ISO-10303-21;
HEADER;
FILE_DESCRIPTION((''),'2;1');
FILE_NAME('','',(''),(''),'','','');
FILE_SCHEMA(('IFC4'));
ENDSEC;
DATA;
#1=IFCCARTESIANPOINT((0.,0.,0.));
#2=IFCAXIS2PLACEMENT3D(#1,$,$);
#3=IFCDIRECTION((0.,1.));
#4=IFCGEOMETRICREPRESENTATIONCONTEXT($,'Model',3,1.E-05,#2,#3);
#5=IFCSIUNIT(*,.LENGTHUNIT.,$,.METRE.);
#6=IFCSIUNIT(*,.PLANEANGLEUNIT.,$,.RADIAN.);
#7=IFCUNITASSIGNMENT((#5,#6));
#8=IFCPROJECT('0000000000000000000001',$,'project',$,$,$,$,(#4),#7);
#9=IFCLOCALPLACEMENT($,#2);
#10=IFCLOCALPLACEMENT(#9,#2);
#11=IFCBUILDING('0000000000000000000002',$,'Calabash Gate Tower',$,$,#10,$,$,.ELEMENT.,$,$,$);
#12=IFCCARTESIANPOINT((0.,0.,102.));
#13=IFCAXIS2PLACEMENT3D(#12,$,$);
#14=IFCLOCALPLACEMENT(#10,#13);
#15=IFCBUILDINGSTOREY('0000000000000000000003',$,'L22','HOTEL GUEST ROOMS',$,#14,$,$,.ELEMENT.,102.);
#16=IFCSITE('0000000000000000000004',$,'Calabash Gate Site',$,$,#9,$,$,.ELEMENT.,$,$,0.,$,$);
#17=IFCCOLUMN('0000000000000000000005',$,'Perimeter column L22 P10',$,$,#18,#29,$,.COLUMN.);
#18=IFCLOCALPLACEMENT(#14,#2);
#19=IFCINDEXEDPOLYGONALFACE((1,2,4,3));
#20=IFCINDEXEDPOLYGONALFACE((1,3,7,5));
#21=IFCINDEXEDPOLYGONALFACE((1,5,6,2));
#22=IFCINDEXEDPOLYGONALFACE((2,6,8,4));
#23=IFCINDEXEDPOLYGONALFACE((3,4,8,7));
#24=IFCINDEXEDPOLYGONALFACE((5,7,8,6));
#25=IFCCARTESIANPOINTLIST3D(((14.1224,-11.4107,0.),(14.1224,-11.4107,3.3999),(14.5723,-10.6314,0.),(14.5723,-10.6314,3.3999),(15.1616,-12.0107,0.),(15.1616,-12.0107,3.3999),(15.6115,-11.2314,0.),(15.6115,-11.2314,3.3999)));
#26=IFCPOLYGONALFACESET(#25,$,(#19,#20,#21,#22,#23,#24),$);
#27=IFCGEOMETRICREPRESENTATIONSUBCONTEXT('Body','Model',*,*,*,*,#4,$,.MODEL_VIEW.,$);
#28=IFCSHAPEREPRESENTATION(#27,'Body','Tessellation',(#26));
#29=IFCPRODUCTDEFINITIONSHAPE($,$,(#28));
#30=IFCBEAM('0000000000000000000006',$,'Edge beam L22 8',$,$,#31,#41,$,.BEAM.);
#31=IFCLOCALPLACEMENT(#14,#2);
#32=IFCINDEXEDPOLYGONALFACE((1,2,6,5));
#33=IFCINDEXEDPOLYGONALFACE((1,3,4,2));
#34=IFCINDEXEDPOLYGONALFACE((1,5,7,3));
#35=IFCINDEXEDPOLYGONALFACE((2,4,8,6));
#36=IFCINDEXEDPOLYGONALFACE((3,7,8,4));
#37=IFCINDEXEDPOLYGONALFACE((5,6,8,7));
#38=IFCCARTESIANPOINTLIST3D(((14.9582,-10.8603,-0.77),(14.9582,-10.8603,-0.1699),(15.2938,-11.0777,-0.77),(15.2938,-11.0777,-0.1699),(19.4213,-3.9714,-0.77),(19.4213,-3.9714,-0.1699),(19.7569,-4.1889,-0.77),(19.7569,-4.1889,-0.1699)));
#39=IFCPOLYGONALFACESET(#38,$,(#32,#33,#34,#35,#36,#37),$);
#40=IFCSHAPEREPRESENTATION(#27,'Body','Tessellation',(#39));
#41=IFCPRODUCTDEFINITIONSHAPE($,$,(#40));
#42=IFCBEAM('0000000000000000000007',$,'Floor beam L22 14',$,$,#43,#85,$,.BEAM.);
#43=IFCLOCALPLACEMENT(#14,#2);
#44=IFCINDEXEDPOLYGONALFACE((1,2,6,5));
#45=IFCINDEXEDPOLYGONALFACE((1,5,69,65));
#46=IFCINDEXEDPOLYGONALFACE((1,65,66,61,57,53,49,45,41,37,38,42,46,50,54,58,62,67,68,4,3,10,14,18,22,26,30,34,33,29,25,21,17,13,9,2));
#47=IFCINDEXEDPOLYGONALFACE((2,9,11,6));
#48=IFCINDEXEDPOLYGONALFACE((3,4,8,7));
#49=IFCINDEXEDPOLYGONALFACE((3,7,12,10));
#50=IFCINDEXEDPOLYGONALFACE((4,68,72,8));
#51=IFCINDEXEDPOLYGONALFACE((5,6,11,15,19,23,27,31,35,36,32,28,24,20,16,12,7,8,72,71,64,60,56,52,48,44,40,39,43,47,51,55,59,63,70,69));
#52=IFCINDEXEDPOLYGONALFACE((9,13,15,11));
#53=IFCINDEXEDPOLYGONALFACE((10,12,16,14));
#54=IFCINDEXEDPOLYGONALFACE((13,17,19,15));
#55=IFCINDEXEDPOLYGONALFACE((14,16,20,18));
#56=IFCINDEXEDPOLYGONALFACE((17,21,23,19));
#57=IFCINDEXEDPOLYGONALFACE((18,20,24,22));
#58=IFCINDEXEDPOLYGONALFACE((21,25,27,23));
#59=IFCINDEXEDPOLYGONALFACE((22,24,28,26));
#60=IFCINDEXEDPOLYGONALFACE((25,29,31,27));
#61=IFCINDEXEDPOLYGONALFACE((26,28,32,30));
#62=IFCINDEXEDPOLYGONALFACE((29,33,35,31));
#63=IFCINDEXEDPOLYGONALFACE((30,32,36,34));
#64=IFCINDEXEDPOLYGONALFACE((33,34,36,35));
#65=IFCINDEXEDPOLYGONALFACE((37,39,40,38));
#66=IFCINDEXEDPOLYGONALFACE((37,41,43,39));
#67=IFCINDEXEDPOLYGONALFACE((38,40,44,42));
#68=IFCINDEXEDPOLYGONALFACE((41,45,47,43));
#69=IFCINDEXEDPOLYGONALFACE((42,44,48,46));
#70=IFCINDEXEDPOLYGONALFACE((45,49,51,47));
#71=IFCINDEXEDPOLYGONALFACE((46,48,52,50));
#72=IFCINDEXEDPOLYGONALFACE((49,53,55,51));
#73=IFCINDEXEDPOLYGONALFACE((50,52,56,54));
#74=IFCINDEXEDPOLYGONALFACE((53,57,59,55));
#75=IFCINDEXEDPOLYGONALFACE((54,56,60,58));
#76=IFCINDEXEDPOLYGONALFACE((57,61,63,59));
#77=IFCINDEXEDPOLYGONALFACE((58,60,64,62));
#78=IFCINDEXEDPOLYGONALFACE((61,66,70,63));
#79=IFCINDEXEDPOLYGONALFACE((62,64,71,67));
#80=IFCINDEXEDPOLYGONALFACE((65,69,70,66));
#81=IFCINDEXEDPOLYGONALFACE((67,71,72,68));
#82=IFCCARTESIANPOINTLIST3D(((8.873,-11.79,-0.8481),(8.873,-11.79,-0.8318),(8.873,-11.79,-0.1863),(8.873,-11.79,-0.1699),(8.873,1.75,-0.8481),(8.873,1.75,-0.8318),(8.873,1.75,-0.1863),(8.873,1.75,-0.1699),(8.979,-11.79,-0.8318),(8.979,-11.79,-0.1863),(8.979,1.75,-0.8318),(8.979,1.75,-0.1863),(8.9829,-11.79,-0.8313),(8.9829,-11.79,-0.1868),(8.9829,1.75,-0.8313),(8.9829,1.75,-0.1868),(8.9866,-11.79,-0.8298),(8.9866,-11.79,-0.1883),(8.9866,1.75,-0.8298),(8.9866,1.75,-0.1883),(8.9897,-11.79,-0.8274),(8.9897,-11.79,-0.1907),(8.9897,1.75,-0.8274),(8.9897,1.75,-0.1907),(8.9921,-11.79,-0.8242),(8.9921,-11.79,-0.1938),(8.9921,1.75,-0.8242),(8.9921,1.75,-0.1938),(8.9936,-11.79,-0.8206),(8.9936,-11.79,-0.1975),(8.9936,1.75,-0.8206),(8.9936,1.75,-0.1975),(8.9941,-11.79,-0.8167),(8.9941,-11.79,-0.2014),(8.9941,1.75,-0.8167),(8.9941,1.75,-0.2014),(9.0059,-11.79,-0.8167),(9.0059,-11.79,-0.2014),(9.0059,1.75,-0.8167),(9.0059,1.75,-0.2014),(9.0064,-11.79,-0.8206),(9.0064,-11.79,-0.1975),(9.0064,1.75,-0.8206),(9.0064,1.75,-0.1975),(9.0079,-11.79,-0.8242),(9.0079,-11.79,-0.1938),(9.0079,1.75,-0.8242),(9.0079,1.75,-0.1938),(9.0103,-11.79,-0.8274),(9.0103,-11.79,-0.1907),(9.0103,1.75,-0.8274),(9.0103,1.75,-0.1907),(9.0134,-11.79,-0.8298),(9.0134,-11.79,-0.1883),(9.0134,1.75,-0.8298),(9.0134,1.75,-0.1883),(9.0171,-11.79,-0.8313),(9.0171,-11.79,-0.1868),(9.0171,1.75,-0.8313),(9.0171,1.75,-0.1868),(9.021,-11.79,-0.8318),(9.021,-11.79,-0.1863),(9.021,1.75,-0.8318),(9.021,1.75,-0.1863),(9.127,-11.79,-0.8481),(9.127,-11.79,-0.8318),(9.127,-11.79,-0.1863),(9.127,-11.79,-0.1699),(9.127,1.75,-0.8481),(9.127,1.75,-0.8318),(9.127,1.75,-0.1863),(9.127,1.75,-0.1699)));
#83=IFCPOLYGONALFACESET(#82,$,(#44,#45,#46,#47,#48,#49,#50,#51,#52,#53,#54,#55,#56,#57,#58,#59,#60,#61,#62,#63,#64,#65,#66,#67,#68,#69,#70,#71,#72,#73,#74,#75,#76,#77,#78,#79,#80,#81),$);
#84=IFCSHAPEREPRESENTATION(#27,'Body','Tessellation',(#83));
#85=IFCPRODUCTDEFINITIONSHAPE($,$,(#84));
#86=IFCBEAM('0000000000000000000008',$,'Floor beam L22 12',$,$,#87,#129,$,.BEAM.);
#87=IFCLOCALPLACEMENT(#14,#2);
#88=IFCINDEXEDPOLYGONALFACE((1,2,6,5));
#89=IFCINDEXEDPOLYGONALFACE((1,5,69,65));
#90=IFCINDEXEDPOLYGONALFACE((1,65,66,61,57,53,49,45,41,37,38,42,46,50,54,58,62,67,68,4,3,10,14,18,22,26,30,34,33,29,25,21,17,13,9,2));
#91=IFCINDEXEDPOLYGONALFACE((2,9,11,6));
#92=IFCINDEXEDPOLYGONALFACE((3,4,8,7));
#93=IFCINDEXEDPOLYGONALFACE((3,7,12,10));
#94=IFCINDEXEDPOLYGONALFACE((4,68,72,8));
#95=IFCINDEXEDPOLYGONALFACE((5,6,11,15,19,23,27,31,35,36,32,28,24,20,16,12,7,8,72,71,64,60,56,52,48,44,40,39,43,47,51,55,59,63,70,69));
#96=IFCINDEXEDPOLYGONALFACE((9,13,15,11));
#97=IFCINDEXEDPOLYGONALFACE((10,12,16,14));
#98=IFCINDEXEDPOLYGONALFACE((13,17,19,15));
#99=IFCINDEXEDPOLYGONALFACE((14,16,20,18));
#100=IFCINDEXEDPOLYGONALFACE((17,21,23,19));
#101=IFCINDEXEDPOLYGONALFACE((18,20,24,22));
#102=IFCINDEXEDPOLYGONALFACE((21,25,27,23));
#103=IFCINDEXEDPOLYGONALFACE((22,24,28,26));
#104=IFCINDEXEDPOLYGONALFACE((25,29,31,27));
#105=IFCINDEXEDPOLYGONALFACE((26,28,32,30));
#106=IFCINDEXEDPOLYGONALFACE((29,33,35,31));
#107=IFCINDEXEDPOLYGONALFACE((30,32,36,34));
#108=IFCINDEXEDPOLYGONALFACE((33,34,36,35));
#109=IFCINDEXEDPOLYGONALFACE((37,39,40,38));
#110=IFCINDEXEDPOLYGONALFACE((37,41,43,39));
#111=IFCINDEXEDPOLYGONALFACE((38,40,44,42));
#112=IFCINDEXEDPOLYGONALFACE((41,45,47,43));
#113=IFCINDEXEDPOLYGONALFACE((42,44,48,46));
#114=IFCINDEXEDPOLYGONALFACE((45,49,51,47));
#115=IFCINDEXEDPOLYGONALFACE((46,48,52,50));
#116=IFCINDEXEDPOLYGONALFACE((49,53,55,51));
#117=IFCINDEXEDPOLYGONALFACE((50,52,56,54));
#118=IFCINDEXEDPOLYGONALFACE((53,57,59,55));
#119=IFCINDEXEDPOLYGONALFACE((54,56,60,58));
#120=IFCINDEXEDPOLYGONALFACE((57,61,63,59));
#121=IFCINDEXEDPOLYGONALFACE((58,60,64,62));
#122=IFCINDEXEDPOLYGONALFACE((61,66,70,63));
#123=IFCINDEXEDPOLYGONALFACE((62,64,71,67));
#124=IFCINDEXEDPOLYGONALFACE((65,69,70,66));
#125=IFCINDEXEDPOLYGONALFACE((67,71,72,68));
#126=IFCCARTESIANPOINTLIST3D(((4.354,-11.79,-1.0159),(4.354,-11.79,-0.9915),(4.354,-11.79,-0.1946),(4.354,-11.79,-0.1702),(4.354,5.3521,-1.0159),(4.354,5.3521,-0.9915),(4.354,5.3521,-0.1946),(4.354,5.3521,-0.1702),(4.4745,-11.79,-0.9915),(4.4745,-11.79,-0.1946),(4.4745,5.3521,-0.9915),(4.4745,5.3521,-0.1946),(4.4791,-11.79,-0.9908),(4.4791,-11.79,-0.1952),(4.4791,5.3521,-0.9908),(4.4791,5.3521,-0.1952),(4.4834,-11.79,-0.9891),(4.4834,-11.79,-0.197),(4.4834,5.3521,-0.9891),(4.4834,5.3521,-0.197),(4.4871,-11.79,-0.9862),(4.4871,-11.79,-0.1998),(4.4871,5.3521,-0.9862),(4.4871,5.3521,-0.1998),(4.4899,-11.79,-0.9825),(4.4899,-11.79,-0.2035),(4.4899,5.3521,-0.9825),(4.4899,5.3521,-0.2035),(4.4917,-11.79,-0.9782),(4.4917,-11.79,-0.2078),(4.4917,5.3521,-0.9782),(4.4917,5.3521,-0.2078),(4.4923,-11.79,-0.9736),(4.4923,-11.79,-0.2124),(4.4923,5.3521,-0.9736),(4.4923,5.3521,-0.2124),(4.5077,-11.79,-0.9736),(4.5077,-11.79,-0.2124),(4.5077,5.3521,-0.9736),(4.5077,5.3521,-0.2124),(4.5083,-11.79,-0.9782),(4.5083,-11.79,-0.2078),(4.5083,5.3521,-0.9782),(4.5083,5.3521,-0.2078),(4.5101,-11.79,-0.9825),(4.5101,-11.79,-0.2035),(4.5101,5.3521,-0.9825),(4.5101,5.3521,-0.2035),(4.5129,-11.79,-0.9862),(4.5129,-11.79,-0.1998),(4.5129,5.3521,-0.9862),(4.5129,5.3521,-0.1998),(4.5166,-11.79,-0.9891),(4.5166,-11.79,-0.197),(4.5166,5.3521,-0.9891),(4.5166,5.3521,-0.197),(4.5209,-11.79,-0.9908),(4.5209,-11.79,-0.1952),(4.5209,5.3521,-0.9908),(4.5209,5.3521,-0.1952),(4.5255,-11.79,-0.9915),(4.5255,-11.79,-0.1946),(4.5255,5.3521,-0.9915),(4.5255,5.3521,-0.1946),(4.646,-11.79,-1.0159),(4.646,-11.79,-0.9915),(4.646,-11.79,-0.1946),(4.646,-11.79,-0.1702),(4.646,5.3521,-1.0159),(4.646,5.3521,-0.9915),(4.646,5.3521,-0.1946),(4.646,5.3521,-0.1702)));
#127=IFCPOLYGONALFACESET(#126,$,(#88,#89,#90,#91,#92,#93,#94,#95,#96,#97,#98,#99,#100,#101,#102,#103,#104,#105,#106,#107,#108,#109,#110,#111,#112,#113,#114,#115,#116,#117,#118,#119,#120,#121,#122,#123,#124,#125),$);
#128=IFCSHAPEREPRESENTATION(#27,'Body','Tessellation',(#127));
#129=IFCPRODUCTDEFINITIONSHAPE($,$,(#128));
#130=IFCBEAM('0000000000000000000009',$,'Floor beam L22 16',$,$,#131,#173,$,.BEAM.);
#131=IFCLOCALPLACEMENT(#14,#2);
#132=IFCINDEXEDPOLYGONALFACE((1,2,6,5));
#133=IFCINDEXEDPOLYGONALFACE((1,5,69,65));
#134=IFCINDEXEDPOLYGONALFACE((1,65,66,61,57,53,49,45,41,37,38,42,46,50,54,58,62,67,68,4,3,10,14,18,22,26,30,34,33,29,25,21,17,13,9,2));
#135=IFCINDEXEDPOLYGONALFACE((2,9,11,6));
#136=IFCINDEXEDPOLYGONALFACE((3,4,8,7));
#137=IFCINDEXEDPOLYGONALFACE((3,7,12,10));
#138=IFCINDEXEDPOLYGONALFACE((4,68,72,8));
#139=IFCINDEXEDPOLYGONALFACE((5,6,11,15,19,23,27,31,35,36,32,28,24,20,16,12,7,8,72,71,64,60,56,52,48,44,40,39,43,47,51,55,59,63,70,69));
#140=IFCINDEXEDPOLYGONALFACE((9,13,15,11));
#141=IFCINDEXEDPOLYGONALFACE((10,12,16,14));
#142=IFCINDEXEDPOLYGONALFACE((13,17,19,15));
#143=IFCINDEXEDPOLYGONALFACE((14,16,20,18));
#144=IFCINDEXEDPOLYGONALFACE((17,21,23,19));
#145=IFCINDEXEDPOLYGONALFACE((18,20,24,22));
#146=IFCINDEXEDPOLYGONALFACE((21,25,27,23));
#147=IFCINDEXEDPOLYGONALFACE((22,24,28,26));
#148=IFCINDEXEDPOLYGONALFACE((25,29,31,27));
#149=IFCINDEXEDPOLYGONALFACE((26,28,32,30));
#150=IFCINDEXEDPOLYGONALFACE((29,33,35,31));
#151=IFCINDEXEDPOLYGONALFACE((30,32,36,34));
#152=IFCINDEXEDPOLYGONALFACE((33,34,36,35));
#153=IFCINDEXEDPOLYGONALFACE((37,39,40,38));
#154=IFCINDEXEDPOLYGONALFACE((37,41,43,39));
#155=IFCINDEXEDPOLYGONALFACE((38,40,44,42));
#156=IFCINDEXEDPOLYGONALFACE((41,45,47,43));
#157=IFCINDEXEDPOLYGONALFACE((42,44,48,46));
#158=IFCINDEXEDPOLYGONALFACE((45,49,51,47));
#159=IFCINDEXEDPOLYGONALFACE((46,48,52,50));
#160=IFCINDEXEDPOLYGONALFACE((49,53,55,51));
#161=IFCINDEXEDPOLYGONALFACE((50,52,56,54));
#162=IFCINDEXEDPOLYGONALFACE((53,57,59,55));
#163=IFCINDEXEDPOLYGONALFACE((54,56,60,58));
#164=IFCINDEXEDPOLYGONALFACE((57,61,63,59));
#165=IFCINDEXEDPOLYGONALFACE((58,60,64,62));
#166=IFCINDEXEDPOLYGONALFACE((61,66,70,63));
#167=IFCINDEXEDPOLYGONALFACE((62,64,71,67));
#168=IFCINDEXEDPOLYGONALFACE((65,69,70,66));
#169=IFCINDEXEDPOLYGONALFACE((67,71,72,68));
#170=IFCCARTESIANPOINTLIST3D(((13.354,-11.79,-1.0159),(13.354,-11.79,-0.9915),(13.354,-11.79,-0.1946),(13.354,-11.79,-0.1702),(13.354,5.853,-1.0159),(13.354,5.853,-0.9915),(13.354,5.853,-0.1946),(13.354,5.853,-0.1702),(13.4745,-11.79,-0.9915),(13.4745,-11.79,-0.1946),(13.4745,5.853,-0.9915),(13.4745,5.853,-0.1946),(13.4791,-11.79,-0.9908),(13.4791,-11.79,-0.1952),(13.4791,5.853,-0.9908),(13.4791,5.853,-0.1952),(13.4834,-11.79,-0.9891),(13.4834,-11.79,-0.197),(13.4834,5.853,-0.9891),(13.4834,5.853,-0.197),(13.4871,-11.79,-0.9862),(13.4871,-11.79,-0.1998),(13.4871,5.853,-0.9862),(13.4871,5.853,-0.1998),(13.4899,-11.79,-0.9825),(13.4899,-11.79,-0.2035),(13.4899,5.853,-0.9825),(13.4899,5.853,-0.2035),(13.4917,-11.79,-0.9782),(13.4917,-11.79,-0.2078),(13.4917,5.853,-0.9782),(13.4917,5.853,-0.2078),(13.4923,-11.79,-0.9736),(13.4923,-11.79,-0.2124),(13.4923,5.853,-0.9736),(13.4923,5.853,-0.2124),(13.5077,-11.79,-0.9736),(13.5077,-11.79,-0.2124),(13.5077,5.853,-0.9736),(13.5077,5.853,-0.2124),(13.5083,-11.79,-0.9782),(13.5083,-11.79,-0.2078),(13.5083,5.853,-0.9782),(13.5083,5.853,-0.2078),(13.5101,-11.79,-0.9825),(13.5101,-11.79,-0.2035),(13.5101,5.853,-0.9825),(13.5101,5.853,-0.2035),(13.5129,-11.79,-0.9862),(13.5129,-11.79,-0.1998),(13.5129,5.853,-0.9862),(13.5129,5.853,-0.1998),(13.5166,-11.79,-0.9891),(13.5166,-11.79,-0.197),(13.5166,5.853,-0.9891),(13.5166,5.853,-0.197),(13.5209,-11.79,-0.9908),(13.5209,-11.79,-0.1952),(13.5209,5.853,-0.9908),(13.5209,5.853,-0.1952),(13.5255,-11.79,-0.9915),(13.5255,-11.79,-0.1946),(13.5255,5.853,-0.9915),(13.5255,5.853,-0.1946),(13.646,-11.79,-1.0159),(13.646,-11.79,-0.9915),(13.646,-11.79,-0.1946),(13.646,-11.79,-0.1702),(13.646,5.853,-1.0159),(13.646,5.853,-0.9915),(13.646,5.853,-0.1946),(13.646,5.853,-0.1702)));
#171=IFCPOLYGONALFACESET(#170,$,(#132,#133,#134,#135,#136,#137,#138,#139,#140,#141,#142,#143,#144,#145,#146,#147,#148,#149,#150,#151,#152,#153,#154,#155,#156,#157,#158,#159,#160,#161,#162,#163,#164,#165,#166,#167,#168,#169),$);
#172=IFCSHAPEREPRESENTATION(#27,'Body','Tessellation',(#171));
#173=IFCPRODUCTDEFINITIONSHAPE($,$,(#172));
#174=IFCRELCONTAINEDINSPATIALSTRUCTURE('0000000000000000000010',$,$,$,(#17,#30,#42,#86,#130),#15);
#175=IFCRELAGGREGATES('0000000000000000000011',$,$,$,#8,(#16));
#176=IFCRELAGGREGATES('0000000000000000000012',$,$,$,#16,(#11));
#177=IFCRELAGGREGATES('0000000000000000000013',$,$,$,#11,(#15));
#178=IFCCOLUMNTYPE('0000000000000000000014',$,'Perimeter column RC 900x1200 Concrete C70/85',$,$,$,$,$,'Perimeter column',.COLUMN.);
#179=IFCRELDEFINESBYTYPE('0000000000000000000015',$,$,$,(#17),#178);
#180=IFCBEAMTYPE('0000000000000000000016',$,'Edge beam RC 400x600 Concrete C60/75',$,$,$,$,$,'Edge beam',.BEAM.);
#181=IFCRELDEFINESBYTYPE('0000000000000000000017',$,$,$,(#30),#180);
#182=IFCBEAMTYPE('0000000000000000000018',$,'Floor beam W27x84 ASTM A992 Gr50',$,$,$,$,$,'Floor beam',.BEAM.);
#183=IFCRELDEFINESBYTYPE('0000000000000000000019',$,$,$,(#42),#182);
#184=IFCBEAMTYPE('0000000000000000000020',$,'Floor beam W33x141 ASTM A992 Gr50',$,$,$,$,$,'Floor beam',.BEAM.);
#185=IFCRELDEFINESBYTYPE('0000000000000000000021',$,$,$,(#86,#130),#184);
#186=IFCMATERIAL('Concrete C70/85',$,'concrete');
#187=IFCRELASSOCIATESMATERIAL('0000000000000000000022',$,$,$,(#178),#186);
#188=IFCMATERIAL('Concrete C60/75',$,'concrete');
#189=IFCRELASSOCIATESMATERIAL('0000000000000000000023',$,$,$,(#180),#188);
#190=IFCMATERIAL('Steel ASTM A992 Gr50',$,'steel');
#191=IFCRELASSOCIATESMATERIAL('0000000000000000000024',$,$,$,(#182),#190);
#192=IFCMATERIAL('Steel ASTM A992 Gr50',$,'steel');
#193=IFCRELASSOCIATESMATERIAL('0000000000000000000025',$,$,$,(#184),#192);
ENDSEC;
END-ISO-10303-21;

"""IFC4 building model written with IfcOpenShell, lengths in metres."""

from ifc_helpers import new_model, si_unit, direction, frame, origin, origin_2d, place, context, subcontext, project, spatial, rectangle, i_section, extrude, material, material_profile, profile_set, type_object, element, save


model = new_model("IFC4")

# Units and contexts
model_context = context("Model", 3, precision=1e-05, world=origin(), true_north=direction((0.0, 1.0)))
body_context = subcontext(model_context, "Body", "Model", "MODEL_VIEW")
ifc_project = project(units=[si_unit("LENGTHUNIT", "METRE"), si_unit("PLANEANGLEUNIT", "RADIAN")], contexts=[model_context])

# Site, building, storey
site_placement = place(None, origin())
site = spatial("IfcSite", under=ifc_project, at=site_placement, Name="Calabash Gate Site", CompositionType="ELEMENT", RefElevation=0.0)
building_placement = place(site_placement, origin())
building = spatial("IfcBuilding", under=site, at=building_placement, Name="Calabash Gate Tower", CompositionType="ELEMENT")
storey_placement = place(building_placement, frame((0.0, 0.0, 102.0)))
storey = spatial("IfcBuildingStorey", under=building, at=storey_placement, Name="L22", Description="HOTEL GUEST ROOMS", CompositionType="ELEMENT", Elevation=102.0)

# Column
ifc_material_1 = material(Name="Concrete C70/85", Category="concrete")
ifc_material_profile_1 = material_profile(ifc_material_1, rectangle(XDim=0.8999, YDim=1.2, at=origin_2d()))
ifc_profile_set_1 = profile_set([ifc_material_profile_1], Name="Concrete C70/85")
column_type = type_object("IfcColumnType", Name="Perimeter column RC 900x1200 Concrete C70/85", ElementType="Perimeter column", PredefinedType="COLUMN", material=ifc_profile_set_1)
column_placement = place(storey_placement, frame((14.8669, -11.321, 0.0), z_axis=(0.0, 0.0, 1.0), x_axis=(0.5, 0.866025, 0.0)))
element("IfcColumn", 1, at=column_placement, inside=storey, type_object=column_type, Name="Perimeter column L22 P10", PredefinedType="COLUMN", context=body_context, shape_type="SweptSolid", body=[
    extrude(rectangle(XDim=0.8999, YDim=1.2, at=origin_2d()), origin(), (0.0, 0.0, 1.0), 3.3999),
])

# Beams
ifc_material_2 = material(Name="Concrete C60/75", Category="concrete")
ifc_material_profile_2 = material_profile(ifc_material_2, rectangle(XDim=0.3999, YDim=0.6001, at=origin_2d()))
ifc_profile_set_2 = profile_set([ifc_material_profile_2], Name="Concrete C60/75")
beam_type_1 = type_object("IfcBeamType", Name="Edge beam RC 400x600 Concrete C60/75", ElementType="Edge beam", PredefinedType="BEAM", material=ifc_profile_set_2)
beam_1_placement = place(storey_placement, frame((15.126, -10.969, -0.47), z_axis=(0.543732, 0.839259, 0.0), x_axis=(-0.839259, 0.543732, 0.0)))
element("IfcBeam", 2, at=beam_1_placement, inside=storey, type_object=beam_type_1, Name="Edge beam L22 8", PredefinedType="BEAM", context=body_context, shape_type="SweptSolid", body=[
    extrude(rectangle(XDim=0.3999, YDim=0.6001, at=origin_2d()), origin(), (0.0, 0.0, 1.0), 8.2083),
])
ifc_material_3 = material(Name="Steel ASTM A992 Gr50", Category="steel")
ifc_material_profile_3 = material_profile(ifc_material_3, i_section(OverallWidth=0.2539, OverallDepth=0.6782, WebThickness=0.0117, FlangeThickness=0.0164, FilletRadius=0.0151, at=origin_2d()))
ifc_profile_set_3 = profile_set([ifc_material_profile_3], Name="Steel ASTM A992 Gr50")
beam_type_2 = type_object("IfcBeamType", Name="Floor beam W27x84 ASTM A992 Gr50", ElementType="Floor beam", PredefinedType="BEAM", material=ifc_profile_set_3)
beam_2_placement = place(storey_placement, frame((9.0, -11.79, -0.509), z_axis=(0.0, 1.0, 0.0), x_axis=(-1.0, 0.0, 0.0)))
element("IfcBeam", 3, at=beam_2_placement, inside=storey, type_object=beam_type_2, Name="Floor beam L22 14", PredefinedType="BEAM", context=body_context, shape_type="SweptSolid", body=[
    extrude(i_section(OverallWidth=0.2539, OverallDepth=0.6782, WebThickness=0.0117, FlangeThickness=0.0164, FilletRadius=0.0151, at=origin_2d()), origin(), (0.0, 0.0, 1.0), 13.54),
])
ifc_material_4 = material(Name="Steel ASTM A992 Gr50", Category="steel")
ifc_material_profile_4 = material_profile(ifc_material_4, i_section(OverallWidth=0.292, OverallDepth=0.8457, WebThickness=0.0154, FlangeThickness=0.0244, FilletRadius=0.0178, at=origin_2d()))
ifc_profile_set_4 = profile_set([ifc_material_profile_4], Name="Steel ASTM A992 Gr50")
beam_type_3 = type_object("IfcBeamType", Name="Floor beam W33x141 ASTM A992 Gr50", ElementType="Floor beam", PredefinedType="BEAM", material=ifc_profile_set_4)
beam_3_placement = place(storey_placement, frame((4.5, -11.79, -0.593), z_axis=(0.0, 1.0, 0.0), x_axis=(-1.0, 0.0, 0.0)))
element("IfcBeam", 4, at=beam_3_placement, inside=storey, type_object=beam_type_3, Name="Floor beam L22 12", PredefinedType="BEAM", context=body_context, shape_type="SweptSolid", body=[
    extrude(i_section(OverallWidth=0.292, OverallDepth=0.8457, WebThickness=0.0154, FlangeThickness=0.0244, FilletRadius=0.0178, at=origin_2d()), origin(), (0.0, 0.0, 1.0), 17.1421),
])
beam_4_placement = place(storey_placement, frame((13.5, -11.79, -0.593), z_axis=(0.0, 1.0, 0.0), x_axis=(-1.0, 0.0, 0.0)))
element("IfcBeam", 5, at=beam_4_placement, inside=storey, type_object=beam_type_3, Name="Floor beam L22 16", PredefinedType="BEAM", context=body_context, shape_type="SweptSolid", body=[
    extrude(i_section(OverallWidth=0.292, OverallDepth=0.8457, WebThickness=0.0154, FlangeThickness=0.0244, FilletRadius=0.0178, at=origin_2d()), origin(), (0.0, 0.0, 1.0), 17.6431),
])

save(model, "model.ifc")
